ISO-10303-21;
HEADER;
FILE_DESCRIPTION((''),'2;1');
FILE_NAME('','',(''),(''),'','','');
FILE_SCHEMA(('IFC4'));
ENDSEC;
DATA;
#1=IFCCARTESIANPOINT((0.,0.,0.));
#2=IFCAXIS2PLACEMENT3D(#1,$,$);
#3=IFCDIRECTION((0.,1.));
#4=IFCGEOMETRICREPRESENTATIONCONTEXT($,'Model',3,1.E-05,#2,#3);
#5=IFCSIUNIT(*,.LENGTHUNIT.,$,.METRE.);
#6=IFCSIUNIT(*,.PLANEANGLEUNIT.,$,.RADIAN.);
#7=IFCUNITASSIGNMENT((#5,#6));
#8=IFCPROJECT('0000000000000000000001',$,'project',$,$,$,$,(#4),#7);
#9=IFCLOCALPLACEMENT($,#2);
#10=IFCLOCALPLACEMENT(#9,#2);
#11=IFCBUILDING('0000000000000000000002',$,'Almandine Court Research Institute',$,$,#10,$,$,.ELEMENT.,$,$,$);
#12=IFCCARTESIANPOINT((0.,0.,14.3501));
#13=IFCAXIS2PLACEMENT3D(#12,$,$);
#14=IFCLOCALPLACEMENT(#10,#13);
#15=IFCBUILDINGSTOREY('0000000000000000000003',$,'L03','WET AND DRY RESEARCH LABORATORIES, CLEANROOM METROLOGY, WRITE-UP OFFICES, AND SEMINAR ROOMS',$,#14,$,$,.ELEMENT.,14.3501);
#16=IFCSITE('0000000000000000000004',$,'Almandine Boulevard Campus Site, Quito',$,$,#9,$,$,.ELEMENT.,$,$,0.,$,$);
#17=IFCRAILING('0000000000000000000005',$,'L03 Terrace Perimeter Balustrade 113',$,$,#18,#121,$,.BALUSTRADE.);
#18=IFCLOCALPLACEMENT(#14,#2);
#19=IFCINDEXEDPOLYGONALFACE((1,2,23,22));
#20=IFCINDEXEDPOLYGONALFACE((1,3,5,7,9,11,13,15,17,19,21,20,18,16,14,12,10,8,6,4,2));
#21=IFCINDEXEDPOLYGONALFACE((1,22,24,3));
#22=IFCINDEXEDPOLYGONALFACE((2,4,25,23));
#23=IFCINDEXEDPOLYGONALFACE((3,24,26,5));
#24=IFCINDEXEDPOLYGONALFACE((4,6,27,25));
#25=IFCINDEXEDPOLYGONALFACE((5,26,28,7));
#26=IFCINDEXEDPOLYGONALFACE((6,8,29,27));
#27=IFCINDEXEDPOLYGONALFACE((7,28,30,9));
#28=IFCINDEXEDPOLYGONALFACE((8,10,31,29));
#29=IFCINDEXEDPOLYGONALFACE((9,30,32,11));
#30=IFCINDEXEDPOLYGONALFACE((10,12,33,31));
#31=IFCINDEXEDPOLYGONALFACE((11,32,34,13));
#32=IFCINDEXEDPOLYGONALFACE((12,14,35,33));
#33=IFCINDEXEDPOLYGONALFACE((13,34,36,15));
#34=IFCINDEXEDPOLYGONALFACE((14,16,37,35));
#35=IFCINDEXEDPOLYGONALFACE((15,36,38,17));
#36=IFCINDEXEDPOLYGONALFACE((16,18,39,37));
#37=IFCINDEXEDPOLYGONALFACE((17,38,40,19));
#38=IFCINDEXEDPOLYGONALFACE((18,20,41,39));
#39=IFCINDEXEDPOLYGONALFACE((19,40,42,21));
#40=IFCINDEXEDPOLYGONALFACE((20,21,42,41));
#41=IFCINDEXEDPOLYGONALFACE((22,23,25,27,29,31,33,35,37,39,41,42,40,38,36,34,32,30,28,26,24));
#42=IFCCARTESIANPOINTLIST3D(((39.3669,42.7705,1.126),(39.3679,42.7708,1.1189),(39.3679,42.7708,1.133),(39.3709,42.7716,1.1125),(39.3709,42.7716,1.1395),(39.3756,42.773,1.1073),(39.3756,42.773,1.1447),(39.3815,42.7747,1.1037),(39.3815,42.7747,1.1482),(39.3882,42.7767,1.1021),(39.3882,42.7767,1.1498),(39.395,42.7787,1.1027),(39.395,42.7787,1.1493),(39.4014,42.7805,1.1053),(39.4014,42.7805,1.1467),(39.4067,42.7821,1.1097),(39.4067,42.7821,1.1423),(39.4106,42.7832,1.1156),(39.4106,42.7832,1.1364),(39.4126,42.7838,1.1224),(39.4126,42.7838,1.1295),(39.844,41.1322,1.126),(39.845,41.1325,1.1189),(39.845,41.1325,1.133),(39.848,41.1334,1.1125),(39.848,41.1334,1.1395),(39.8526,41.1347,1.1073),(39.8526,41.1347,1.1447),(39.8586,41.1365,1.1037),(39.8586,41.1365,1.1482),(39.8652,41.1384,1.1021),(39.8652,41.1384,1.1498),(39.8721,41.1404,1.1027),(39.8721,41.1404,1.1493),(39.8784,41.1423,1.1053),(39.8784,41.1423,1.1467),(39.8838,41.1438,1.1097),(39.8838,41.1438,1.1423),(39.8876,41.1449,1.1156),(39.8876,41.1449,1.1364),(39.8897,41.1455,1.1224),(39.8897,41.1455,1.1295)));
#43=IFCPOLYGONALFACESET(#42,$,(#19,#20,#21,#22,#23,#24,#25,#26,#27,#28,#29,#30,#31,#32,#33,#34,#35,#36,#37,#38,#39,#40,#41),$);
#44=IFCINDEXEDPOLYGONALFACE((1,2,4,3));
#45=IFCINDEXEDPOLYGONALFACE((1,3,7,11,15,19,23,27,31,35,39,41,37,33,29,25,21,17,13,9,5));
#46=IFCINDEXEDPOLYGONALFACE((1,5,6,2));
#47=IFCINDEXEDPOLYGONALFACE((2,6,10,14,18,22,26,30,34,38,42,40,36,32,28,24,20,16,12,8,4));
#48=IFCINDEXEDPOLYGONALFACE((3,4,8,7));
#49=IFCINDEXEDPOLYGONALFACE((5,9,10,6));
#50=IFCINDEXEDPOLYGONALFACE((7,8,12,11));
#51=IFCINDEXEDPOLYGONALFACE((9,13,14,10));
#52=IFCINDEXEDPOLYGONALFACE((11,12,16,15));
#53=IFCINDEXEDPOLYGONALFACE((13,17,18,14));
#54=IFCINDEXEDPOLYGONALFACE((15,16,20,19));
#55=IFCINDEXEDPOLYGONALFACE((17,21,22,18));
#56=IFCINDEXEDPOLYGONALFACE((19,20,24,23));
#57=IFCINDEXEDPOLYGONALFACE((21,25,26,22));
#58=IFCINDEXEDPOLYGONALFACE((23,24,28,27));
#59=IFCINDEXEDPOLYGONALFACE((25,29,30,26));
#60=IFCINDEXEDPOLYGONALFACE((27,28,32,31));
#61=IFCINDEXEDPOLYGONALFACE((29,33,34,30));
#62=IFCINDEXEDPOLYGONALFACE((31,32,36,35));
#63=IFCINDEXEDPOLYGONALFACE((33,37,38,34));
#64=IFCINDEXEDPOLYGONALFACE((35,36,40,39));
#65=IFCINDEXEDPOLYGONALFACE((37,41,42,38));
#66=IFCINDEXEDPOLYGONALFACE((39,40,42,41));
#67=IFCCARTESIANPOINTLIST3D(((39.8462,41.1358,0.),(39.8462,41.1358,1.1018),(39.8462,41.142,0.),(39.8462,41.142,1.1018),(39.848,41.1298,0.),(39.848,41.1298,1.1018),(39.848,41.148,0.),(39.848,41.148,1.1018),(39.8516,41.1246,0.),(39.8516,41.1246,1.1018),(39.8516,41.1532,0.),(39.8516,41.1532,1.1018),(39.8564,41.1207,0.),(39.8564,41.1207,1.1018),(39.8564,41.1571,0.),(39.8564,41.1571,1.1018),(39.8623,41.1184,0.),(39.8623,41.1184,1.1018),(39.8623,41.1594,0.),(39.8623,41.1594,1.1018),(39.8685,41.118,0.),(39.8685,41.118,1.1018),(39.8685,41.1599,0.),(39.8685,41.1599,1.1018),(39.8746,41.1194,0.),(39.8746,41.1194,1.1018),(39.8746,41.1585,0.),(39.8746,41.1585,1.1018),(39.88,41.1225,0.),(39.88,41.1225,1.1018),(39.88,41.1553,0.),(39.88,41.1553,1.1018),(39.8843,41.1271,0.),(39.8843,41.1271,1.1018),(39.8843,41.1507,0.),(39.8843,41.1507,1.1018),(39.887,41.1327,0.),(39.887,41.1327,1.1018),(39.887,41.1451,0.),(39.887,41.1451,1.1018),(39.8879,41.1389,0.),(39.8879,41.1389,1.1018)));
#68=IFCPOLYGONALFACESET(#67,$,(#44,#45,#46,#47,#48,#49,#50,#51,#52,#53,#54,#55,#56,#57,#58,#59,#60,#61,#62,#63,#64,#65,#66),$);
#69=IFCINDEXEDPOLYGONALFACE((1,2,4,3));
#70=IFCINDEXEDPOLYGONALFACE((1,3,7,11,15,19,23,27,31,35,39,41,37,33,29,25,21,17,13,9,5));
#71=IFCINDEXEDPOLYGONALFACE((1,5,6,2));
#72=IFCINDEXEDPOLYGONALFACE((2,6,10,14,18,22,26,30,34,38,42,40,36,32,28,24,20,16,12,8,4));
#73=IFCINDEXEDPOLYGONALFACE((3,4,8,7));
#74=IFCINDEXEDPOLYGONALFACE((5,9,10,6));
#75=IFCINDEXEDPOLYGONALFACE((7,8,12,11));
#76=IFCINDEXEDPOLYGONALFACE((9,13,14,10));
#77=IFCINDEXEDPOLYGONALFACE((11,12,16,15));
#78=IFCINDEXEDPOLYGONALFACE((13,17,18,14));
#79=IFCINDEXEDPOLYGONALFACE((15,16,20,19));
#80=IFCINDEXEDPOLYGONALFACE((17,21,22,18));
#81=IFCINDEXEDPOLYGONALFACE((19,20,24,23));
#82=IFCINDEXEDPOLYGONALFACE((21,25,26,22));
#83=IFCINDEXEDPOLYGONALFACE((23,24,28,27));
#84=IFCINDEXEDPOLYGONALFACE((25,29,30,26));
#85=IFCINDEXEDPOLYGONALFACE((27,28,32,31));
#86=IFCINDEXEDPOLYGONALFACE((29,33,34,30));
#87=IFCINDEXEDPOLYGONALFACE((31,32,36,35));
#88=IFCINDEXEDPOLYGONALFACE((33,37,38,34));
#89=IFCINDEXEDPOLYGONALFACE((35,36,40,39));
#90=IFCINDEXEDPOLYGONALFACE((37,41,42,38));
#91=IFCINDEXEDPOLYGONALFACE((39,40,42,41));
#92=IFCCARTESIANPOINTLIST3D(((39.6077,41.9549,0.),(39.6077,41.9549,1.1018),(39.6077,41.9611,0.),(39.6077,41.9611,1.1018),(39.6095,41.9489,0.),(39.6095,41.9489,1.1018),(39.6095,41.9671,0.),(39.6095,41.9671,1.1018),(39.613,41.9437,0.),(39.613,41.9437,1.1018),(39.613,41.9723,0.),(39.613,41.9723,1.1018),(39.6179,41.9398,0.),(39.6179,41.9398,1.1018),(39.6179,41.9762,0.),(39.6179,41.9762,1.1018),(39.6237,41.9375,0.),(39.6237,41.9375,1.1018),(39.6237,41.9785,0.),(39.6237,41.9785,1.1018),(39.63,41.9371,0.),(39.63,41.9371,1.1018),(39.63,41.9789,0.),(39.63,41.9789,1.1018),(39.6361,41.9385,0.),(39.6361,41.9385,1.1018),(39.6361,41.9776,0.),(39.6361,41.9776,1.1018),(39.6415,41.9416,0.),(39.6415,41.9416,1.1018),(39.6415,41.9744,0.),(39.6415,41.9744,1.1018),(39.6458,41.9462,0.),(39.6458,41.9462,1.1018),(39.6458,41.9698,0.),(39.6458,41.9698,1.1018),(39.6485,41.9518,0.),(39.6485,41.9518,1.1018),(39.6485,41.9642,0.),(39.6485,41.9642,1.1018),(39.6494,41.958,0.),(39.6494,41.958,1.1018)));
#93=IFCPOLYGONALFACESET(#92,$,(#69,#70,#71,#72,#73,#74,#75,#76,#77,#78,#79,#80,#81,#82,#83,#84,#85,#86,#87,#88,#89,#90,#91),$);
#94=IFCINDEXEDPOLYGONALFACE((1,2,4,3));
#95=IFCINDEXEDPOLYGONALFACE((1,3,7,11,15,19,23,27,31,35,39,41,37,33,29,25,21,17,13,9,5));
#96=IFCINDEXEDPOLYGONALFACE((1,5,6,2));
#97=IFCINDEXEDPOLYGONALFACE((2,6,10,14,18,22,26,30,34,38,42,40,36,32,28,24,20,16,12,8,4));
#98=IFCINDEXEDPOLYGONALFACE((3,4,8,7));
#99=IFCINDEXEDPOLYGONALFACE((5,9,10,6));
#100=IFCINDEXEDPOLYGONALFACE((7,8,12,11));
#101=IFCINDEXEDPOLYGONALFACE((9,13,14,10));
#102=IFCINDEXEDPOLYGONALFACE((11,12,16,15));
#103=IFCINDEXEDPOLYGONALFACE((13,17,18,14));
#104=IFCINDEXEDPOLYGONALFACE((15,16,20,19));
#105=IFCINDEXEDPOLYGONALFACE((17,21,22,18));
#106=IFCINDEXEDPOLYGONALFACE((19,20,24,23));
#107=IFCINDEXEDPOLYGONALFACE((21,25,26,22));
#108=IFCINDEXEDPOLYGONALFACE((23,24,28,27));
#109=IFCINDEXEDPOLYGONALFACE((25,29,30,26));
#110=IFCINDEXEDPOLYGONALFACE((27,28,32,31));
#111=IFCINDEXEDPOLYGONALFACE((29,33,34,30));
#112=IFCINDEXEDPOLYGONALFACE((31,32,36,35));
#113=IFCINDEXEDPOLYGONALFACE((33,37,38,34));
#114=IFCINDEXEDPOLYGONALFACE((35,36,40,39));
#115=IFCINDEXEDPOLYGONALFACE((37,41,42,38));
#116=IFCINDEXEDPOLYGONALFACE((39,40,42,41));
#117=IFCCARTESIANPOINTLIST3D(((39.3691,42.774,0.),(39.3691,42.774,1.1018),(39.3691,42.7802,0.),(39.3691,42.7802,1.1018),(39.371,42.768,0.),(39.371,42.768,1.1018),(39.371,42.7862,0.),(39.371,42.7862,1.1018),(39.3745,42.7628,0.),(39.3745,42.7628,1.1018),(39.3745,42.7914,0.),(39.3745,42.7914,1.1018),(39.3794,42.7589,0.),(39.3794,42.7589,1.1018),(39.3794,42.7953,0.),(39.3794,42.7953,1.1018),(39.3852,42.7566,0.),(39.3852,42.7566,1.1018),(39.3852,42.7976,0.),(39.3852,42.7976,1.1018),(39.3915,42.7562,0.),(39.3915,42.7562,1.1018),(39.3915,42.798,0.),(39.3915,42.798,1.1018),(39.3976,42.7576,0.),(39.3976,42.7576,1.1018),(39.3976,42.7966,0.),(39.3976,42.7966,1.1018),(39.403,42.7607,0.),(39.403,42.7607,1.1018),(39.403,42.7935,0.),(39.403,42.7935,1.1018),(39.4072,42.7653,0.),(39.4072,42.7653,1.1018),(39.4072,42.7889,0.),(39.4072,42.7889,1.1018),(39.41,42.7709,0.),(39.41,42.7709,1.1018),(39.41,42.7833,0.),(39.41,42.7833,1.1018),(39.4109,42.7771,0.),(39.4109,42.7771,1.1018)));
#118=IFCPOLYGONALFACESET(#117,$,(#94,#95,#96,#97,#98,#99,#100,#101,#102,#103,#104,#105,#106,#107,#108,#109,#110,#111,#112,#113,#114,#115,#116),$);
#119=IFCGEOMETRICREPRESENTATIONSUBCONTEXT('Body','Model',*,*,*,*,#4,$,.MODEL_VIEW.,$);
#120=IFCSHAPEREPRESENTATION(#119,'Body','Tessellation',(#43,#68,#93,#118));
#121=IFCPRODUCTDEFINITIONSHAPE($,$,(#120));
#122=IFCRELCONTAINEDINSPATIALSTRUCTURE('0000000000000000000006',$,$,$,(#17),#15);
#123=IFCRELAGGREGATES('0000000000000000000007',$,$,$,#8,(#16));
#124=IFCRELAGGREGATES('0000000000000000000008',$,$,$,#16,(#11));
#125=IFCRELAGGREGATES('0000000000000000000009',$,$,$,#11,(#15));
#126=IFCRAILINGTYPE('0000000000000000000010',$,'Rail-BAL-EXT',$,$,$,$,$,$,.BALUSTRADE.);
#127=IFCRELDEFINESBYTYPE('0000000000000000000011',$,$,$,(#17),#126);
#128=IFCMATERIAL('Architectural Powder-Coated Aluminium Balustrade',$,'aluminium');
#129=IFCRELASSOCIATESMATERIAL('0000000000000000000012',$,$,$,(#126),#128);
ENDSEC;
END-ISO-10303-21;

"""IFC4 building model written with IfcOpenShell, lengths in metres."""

from ifc_helpers import new_model, si_unit, direction, frame, origin, origin_2d, place, context, subcontext, project, spatial, circle, extrude, material, type_object, element, save


model = new_model("IFC4")

# Units and contexts
model_context = context("Model", 3, precision=1e-05, world=origin(), true_north=direction((0.0, 1.0)))
body_context = subcontext(model_context, "Body", "Model", "MODEL_VIEW")
ifc_project = project(units=[si_unit("LENGTHUNIT", "METRE"), si_unit("PLANEANGLEUNIT", "RADIAN")], contexts=[model_context])

# Site, building, storey
site_placement = place(None, origin())
site = spatial("IfcSite", under=ifc_project, at=site_placement, Name="Almandine Boulevard Campus Site, Quito", CompositionType="ELEMENT", RefElevation=0.0)
building_placement = place(site_placement, origin())
building = spatial("IfcBuilding", under=site, at=building_placement, Name="Almandine Court Research Institute", CompositionType="ELEMENT")
storey_placement = place(building_placement, frame((0.0, 0.0, 14.3501)))
storey = spatial("IfcBuildingStorey", under=building, at=storey_placement, Name="L03", Description="WET AND DRY RESEARCH LABORATORIES, CLEANROOM METROLOGY, WRITE-UP OFFICES, AND SEMINAR ROOMS", CompositionType="ELEMENT", Elevation=14.3501)

# Railing
ifc_material_1 = material(Name="Architectural Powder-Coated Aluminium Balustrade", Category="aluminium")
railing_type = type_object("IfcRailingType", Name="Rail-BAL-EXT", PredefinedType="BALUSTRADE", material=ifc_material_1)
railing_1_placement = place(storey_placement, frame((39.8669, 41.1389, 0.0)))
element("IfcRailing", 1, at=railing_1_placement, inside=storey, type_object=railing_type, Name="L03 Terrace Perimeter Balustrade 113", PredefinedType="BALUSTRADE", context=body_context, shape_type="SweptSolid", body=[
    extrude(circle(Radius=0.0239, at=origin_2d()), frame((0.0, 0.0, 1.126), z_axis=(-0.279593, 0.960119, 0.0), x_axis=(-0.960119, -0.279593, 0.0)), (0.0, 0.0, 1.0), 1.7063),
    extrude(circle(Radius=0.021, at=origin_2d()), origin(), (0.0, 0.0, 1.0), 1.1018),
    extrude(circle(Radius=0.021, at=origin_2d()), frame((-0.2385, 0.8191, 0.0)), (0.0, 0.0, 1.0), 1.1018),
    extrude(circle(Radius=0.021, at=origin_2d()), frame((-0.4771, 1.6382, 0.0)), (0.0, 0.0, 1.0), 1.1018),
])

save(model, "model.ifc")
